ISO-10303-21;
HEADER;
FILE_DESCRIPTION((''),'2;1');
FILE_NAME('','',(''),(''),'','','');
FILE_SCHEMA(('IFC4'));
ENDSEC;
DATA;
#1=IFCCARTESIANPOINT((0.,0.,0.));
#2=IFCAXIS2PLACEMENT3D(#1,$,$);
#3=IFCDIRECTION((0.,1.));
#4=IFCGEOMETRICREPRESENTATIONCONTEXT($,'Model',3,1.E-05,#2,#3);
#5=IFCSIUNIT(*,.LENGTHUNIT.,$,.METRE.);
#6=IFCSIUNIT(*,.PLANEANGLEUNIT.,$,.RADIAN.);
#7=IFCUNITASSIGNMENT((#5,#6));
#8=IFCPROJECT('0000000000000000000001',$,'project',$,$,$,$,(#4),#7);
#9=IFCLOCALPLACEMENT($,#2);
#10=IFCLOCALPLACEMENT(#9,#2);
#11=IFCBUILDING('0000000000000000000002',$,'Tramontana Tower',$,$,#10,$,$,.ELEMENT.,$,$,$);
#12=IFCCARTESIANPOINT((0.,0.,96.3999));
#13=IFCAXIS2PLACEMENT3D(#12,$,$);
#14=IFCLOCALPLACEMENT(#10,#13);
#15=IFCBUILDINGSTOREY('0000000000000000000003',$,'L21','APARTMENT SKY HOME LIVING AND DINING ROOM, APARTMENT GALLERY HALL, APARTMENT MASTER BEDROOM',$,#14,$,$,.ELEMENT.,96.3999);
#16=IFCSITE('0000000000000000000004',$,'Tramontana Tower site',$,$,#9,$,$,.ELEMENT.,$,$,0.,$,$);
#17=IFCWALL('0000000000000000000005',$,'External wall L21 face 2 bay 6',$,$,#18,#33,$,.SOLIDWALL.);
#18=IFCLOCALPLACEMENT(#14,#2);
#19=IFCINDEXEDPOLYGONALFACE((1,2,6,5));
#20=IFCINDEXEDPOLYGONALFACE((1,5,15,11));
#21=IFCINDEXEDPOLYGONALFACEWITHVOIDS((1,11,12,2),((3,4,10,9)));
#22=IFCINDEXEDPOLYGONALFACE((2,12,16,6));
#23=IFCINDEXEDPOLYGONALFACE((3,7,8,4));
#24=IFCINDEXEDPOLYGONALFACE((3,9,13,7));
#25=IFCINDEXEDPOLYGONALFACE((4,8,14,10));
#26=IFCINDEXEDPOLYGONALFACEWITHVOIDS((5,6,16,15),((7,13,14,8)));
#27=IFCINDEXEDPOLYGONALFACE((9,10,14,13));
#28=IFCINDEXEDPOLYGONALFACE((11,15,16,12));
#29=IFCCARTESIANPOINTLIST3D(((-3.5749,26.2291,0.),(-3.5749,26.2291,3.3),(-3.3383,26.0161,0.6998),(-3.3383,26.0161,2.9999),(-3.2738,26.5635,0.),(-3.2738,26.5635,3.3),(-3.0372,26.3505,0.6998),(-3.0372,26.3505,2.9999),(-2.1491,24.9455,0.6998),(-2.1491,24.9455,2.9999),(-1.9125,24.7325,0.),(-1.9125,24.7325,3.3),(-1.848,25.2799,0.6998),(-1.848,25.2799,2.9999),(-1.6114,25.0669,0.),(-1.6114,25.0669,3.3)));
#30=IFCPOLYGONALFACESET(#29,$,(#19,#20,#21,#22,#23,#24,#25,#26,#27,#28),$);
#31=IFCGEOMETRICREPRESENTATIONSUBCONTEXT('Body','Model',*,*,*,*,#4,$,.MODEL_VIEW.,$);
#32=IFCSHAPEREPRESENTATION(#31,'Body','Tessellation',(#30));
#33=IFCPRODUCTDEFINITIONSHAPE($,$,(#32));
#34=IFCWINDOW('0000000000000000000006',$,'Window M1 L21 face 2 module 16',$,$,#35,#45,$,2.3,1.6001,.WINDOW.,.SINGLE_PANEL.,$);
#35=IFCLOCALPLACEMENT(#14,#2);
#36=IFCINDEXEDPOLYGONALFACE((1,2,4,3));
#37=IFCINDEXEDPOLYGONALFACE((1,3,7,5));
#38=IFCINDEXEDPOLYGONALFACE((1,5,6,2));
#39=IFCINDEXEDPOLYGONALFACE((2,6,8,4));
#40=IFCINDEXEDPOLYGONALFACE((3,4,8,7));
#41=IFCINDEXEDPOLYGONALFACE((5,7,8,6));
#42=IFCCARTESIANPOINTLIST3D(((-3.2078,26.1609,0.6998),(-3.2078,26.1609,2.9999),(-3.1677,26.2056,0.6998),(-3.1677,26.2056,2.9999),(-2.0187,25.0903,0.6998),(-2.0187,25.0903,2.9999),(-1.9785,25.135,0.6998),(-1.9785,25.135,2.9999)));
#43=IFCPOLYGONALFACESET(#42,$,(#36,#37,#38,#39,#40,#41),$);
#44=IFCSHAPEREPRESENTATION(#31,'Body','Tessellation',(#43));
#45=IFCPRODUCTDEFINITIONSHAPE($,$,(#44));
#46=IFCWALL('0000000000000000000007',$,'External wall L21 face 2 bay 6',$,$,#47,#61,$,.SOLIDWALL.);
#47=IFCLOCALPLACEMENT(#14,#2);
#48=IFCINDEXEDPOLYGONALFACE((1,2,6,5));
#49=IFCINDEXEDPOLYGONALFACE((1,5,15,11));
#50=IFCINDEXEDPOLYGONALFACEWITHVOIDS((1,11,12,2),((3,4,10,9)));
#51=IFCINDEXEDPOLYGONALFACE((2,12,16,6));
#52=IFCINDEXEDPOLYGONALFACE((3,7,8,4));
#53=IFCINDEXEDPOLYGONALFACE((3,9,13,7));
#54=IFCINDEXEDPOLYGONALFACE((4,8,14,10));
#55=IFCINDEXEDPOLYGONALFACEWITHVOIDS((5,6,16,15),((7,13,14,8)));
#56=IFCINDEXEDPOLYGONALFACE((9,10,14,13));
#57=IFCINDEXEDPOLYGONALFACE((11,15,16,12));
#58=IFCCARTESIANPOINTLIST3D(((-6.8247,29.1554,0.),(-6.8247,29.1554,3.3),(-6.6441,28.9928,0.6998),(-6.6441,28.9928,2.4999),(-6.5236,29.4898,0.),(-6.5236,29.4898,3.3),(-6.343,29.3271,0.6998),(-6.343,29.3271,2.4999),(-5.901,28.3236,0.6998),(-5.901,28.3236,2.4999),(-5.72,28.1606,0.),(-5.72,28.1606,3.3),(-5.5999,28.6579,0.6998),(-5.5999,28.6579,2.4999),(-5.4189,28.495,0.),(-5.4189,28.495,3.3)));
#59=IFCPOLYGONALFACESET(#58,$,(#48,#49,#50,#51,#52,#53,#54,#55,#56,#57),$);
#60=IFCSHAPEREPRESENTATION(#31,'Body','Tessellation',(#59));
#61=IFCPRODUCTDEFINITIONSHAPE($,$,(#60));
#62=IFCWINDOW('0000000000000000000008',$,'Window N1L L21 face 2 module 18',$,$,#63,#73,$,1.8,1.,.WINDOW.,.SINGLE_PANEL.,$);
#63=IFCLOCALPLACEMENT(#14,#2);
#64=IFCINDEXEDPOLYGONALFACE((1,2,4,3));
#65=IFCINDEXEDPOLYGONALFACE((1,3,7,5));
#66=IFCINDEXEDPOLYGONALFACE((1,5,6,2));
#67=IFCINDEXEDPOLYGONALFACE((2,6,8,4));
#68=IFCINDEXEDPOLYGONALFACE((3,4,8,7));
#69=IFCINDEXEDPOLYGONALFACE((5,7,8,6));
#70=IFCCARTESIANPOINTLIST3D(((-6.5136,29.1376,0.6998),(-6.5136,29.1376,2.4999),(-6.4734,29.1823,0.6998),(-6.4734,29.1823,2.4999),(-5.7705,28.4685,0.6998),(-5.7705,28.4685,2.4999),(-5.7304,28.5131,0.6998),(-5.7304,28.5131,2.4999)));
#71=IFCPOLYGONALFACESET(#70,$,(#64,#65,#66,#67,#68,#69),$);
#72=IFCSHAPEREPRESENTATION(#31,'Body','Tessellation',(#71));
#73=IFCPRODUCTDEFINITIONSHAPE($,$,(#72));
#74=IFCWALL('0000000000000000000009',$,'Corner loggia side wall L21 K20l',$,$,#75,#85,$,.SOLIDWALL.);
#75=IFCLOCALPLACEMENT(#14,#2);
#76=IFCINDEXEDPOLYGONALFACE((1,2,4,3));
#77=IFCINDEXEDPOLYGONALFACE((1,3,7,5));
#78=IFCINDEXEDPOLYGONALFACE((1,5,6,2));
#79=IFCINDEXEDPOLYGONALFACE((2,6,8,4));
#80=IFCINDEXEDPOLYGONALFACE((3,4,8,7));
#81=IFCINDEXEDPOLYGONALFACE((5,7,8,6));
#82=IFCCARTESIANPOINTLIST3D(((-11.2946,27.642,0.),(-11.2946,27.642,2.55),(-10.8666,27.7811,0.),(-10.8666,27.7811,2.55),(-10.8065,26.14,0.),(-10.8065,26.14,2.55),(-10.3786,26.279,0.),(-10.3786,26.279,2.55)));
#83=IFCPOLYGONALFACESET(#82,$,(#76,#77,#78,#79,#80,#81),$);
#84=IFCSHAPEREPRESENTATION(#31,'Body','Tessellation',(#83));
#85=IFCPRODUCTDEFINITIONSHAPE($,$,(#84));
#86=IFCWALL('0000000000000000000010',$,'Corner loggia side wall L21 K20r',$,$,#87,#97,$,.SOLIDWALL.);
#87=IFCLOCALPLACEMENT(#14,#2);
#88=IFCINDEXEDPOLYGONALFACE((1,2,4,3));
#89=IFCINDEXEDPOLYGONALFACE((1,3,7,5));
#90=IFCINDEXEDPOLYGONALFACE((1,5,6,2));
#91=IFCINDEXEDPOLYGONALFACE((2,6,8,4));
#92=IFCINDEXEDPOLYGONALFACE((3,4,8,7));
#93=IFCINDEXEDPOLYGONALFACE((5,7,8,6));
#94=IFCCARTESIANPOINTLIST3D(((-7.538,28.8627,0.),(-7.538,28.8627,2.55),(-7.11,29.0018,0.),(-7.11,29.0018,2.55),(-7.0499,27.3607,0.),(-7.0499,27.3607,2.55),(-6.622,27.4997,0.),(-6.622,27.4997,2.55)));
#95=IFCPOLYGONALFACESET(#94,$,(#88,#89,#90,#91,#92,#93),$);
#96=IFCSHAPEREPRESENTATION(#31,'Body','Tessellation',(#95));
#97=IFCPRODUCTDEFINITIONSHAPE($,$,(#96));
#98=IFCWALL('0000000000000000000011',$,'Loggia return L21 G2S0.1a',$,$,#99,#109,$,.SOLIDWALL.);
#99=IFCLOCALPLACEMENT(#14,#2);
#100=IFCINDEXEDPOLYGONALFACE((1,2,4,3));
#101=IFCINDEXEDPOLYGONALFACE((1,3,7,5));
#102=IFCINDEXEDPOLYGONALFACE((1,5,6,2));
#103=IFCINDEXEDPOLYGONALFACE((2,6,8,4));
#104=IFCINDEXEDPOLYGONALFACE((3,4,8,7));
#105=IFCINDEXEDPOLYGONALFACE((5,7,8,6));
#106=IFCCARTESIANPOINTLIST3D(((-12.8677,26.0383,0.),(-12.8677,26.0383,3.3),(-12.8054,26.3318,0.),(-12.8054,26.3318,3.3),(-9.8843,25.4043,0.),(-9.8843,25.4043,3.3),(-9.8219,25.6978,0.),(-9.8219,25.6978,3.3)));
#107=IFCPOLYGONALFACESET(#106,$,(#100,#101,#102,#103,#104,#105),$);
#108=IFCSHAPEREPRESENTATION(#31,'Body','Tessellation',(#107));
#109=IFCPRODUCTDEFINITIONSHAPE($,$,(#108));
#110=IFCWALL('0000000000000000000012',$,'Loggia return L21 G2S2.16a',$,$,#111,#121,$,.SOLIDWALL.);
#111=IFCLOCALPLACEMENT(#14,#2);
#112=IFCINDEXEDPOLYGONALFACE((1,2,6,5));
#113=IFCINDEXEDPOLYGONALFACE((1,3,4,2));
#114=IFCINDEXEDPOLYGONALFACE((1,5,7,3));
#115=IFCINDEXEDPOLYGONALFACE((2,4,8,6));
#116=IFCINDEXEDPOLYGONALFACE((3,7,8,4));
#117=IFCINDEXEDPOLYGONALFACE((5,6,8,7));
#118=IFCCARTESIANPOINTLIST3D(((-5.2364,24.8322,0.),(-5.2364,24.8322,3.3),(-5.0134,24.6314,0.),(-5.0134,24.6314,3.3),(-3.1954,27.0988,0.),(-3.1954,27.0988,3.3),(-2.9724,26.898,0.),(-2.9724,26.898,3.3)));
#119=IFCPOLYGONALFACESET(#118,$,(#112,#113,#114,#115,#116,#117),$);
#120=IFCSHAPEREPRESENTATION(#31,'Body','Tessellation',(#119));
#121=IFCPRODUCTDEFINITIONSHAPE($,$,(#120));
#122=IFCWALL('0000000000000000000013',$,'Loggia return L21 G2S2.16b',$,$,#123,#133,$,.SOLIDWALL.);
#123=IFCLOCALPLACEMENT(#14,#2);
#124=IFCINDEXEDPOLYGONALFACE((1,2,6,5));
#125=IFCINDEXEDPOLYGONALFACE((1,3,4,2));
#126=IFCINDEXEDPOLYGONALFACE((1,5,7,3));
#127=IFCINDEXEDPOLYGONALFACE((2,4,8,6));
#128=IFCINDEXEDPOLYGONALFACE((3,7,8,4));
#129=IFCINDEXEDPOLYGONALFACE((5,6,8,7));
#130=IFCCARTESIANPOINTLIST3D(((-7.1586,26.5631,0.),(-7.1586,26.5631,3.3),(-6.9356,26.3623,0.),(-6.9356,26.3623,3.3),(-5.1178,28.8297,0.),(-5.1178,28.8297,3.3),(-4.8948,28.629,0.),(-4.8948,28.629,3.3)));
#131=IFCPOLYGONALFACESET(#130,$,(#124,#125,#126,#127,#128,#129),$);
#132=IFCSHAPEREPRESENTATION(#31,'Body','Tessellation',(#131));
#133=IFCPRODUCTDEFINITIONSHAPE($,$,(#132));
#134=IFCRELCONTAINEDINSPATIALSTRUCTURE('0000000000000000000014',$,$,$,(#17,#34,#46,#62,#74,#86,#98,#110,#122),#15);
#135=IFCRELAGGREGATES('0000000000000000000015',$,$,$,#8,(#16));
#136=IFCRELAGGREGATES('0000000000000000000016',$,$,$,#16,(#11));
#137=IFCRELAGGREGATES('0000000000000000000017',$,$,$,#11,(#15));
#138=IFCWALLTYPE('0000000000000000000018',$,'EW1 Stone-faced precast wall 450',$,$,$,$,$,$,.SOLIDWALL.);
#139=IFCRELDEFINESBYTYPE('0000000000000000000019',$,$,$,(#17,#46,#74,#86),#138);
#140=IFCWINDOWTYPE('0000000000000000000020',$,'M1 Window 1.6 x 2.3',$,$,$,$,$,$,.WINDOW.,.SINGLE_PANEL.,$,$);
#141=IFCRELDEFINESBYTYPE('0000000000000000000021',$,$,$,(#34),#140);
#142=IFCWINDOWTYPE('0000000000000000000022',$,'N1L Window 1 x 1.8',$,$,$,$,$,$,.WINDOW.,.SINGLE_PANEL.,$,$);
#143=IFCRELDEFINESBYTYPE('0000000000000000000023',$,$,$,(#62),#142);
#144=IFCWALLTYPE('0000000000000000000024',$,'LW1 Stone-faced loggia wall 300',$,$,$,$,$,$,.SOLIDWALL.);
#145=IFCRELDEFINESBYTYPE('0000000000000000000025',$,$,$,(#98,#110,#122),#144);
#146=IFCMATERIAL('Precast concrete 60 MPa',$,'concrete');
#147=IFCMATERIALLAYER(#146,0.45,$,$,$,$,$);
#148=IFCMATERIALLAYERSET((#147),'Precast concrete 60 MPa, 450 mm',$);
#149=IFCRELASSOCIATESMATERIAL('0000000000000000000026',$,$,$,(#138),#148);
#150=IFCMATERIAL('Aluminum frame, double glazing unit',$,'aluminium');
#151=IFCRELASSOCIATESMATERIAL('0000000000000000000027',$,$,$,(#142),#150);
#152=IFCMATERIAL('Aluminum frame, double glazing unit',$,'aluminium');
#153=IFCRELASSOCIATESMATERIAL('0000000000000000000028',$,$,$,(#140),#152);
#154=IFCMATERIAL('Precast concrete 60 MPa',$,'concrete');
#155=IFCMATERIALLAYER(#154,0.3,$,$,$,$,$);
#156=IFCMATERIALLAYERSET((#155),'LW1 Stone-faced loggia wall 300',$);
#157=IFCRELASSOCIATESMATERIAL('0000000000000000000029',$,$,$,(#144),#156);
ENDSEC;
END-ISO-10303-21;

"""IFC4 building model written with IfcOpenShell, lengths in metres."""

from ifc_helpers import new_model, si_unit, direction, frame, frame_2d, origin, place, context, subcontext, project, spatial, rectangle, extrude, material, layer, layer_set, type_object, element, fill, save


model = new_model("IFC4")

# Units and contexts
model_context = context("Model", 3, precision=1e-05, world=origin(), true_north=direction((0.0, 1.0)))
body_context = subcontext(model_context, "Body", "Model", "MODEL_VIEW")
ifc_project = project(units=[si_unit("LENGTHUNIT", "METRE"), si_unit("PLANEANGLEUNIT", "RADIAN")], contexts=[model_context])

# Site, building, storey
site_placement = place(None, origin())
site = spatial("IfcSite", under=ifc_project, at=site_placement, Name="Tramontana Tower site", CompositionType="ELEMENT", RefElevation=0.0)
building_placement = place(site_placement, origin())
building = spatial("IfcBuilding", under=site, at=building_placement, Name="Tramontana Tower", CompositionType="ELEMENT")
storey_placement = place(building_placement, frame((0.0, 0.0, 96.3999)))
storey = spatial("IfcBuildingStorey", under=building, at=storey_placement, Name="L21", Description="APARTMENT SKY HOME LIVING AND DINING ROOM, APARTMENT GALLERY HALL, APARTMENT MASTER BEDROOM", CompositionType="ELEMENT", Elevation=96.3999)

# Walls, openings, windows
ifc_material_1 = material(Name="Precast concrete 60 MPa", Category="concrete")
ifc_layer_1 = layer(ifc_material_1, 0.45)
ifc_layer_set_1 = layer_set([ifc_layer_1], Name="Precast concrete 60 MPa, 450 mm")
wall_type_1 = type_object("IfcWallType", Name="EW1 Stone-faced precast wall 450", PredefinedType="SOLIDWALL", material=ifc_layer_set_1)
ifc_material_2 = material(Name="Aluminum frame, double glazing unit", Category="aluminium")
window_type_1 = type_object("IfcWindowType", Name="N1L Window 1 x 1.8", PartitioningType="SINGLE_PANEL", PredefinedType="WINDOW", material=ifc_material_2)
wall_1_placement = place(storey_placement, frame((-1.762, 24.8997, 0.0), z_axis=(0.0, 0.0, 1.0), x_axis=(-0.743191, 0.669079, 0.0)))
wall_1 = element("IfcWall", 1, at=wall_1_placement, inside=storey, type_object=wall_type_1, Name="External wall L21 face 2 bay 6", PredefinedType="SOLIDWALL", context=body_context, shape_type="SweptSolid", body=[
    extrude(rectangle(XDim=2.2368, YDim=0.45, at=frame_2d((1.1184, 0.0))), origin(), (0.0, 0.0, 1.0), 3.3),
])
opening_1_placement = place(wall_1_placement, frame((0.3184, 0.0, 0.7)))
opening_1 = element("IfcOpeningElement", 2, at=opening_1_placement, cuts=wall_1, PredefinedType="OPENING", context=body_context, shape_type="SweptSolid", body=[
    extrude(rectangle(XDim=1.6001, YDim=2.3, at=frame_2d((0.8, 1.1499))), frame((0.0, 0.2349, 0.0), z_axis=(0.0, -1.0, 0.0), x_axis=(1.0, 0.0, 0.0)), (0.0, 0.0, 1.0), 0.47),
])
ifc_material_3 = material(Name="Aluminum frame, double glazing unit", Category="aluminium")
window_type_2 = type_object("IfcWindowType", Name="M1 Window 1.6 x 2.3", PartitioningType="SINGLE_PANEL", PredefinedType="WINDOW", material=ifc_material_3)
window_1_placement = place(opening_1_placement, origin())
window_1 = element("IfcWindow", 3, at=window_1_placement, inside=storey, type_object=window_type_2, Name="Window M1 L21 face 2 module 16", OverallHeight=2.3, OverallWidth=1.6001, PartitioningType="SINGLE_PANEL", PredefinedType="WINDOW", context=body_context, shape_type="SweptSolid", body=[
    extrude(rectangle(XDim=1.6001, YDim=2.3, at=frame_2d((0.8, 1.1499))), frame((0.0, 0.03, 0.0), z_axis=(0.0, -1.0, 0.0), x_axis=(1.0, 0.0, 0.0)), (0.0, 0.0, 1.0), 0.0601),
])
fill(opening_1, window_1)
wall_2_placement = place(storey_placement, frame((-5.5696, 28.3279, 0.0), z_axis=(0.0, 0.0, 1.0), x_axis=(-0.74309, 0.669192, 0.0)))
wall_2 = element("IfcWall", 4, at=wall_2_placement, inside=storey, type_object=wall_type_1, Name="External wall L21 face 2 bay 6", PredefinedType="SOLIDWALL", context=body_context, shape_type="SweptSolid", body=[
    extrude(rectangle(XDim=1.4866, YDim=0.45, at=frame_2d((0.7432, 0.0))), origin(), (0.0, 0.0, 1.0), 3.3),
])
opening_2_placement = place(wall_2_placement, frame((0.2434, 0.0, 0.7)))
opening_2 = element("IfcOpeningElement", 5, at=opening_2_placement, cuts=wall_2, PredefinedType="OPENING", context=body_context, shape_type="SweptSolid", body=[
    extrude(rectangle(XDim=1.0, YDim=1.8, at=frame_2d((0.5, 0.8999))), frame((0.0, 0.2349, 0.0), z_axis=(0.0, -1.0, 0.0), x_axis=(1.0, 0.0, 0.0)), (0.0, 0.0, 1.0), 0.47),
])
window_2_placement = place(opening_2_placement, origin())
window_2 = element("IfcWindow", 6, at=window_2_placement, inside=storey, type_object=window_type_1, Name="Window N1L L21 face 2 module 18", OverallHeight=1.8, OverallWidth=1.0, PartitioningType="SINGLE_PANEL", PredefinedType="WINDOW", context=body_context, shape_type="SweptSolid", body=[
    extrude(rectangle(XDim=1.0, YDim=1.8, at=frame_2d((0.5, 0.8999))), frame((0.0, 0.03, 0.0), z_axis=(0.0, -1.0, 0.0), x_axis=(1.0, 0.0, 0.0)), (0.0, 0.0, 1.0), 0.0601),
])
fill(opening_2, window_2)

# Walls
for number, where, z_axis, x_axis, name in (
    (7, (-11.0806, 27.7114, 0.0), (0.0, 0.0, 1.0), (0.30903, -0.951052, 0.0), "Corner loggia side wall L21 K20l"),
    (8, (-7.324, 28.9321, 0.0), (0.0, 0.0, 1.0), (0.30903, -0.951052, 0.0), "Corner loggia side wall L21 K20r"),
):
    element("IfcWall", number, at=place(storey_placement, frame(where, z_axis=z_axis, x_axis=x_axis)), inside=storey, type_object=wall_type_1, Name=name, PredefinedType="SOLIDWALL", context=body_context, shape_type="SweptSolid", body=[
        extrude(rectangle(XDim=1.5793, YDim=0.45, at=frame_2d((0.7896, 0.0))), origin(), (0.0, 0.0, 1.0), 2.55),
    ])

# Shared definitions
ifc_material_4 = material(Name="Precast concrete 60 MPa", Category="concrete")
ifc_layer_2 = layer(ifc_material_4, 0.3)
ifc_layer_set_2 = layer_set([ifc_layer_2], Name="LW1 Stone-faced loggia wall 300")
wall_type_2 = type_object("IfcWallType", Name="LW1 Stone-faced loggia wall 300", PredefinedType="SOLIDWALL", material=ifc_layer_set_2)

# Wall
wall_3_placement = place(storey_placement, frame((-12.8364, 26.1851, 0.0), z_axis=(0.0, 0.0, 1.0), x_axis=(0.978155, -0.207878, 0.0)))
element("IfcWall", 9, at=wall_3_placement, inside=storey, type_object=wall_type_2, Name="Loggia return L21 G2S0.1a", PredefinedType="SOLIDWALL", context=body_context, shape_type="SweptSolid", body=[
    extrude(rectangle(XDim=3.05, YDim=0.3, at=frame_2d((1.5249, 0.0))), origin(), (0.0, 0.0, 1.0), 3.3),
])

# Walls
for number, where, z_axis, x_axis, name in (
    (10, (-3.084, 26.9983, 0.0), (0.0, 0.0, 1.0), (-0.669159, -0.743119, 0.0), "Loggia return L21 G2S2.16a"),
    (11, (-5.0063, 28.7292, 0.0), (0.0, 0.0, 1.0), (-0.669115, -0.743159, 0.0), "Loggia return L21 G2S2.16b"),
):
    element("IfcWall", number, at=place(storey_placement, frame(where, z_axis=z_axis, x_axis=x_axis)), inside=storey, type_object=wall_type_2, Name=name, PredefinedType="SOLIDWALL", context=body_context, shape_type="SweptSolid", body=[
        extrude(rectangle(XDim=3.05, YDim=0.3, at=frame_2d((1.5249, 0.0))), origin(), (0.0, 0.0, 1.0), 3.3),
    ])

save(model, "model.ifc")
